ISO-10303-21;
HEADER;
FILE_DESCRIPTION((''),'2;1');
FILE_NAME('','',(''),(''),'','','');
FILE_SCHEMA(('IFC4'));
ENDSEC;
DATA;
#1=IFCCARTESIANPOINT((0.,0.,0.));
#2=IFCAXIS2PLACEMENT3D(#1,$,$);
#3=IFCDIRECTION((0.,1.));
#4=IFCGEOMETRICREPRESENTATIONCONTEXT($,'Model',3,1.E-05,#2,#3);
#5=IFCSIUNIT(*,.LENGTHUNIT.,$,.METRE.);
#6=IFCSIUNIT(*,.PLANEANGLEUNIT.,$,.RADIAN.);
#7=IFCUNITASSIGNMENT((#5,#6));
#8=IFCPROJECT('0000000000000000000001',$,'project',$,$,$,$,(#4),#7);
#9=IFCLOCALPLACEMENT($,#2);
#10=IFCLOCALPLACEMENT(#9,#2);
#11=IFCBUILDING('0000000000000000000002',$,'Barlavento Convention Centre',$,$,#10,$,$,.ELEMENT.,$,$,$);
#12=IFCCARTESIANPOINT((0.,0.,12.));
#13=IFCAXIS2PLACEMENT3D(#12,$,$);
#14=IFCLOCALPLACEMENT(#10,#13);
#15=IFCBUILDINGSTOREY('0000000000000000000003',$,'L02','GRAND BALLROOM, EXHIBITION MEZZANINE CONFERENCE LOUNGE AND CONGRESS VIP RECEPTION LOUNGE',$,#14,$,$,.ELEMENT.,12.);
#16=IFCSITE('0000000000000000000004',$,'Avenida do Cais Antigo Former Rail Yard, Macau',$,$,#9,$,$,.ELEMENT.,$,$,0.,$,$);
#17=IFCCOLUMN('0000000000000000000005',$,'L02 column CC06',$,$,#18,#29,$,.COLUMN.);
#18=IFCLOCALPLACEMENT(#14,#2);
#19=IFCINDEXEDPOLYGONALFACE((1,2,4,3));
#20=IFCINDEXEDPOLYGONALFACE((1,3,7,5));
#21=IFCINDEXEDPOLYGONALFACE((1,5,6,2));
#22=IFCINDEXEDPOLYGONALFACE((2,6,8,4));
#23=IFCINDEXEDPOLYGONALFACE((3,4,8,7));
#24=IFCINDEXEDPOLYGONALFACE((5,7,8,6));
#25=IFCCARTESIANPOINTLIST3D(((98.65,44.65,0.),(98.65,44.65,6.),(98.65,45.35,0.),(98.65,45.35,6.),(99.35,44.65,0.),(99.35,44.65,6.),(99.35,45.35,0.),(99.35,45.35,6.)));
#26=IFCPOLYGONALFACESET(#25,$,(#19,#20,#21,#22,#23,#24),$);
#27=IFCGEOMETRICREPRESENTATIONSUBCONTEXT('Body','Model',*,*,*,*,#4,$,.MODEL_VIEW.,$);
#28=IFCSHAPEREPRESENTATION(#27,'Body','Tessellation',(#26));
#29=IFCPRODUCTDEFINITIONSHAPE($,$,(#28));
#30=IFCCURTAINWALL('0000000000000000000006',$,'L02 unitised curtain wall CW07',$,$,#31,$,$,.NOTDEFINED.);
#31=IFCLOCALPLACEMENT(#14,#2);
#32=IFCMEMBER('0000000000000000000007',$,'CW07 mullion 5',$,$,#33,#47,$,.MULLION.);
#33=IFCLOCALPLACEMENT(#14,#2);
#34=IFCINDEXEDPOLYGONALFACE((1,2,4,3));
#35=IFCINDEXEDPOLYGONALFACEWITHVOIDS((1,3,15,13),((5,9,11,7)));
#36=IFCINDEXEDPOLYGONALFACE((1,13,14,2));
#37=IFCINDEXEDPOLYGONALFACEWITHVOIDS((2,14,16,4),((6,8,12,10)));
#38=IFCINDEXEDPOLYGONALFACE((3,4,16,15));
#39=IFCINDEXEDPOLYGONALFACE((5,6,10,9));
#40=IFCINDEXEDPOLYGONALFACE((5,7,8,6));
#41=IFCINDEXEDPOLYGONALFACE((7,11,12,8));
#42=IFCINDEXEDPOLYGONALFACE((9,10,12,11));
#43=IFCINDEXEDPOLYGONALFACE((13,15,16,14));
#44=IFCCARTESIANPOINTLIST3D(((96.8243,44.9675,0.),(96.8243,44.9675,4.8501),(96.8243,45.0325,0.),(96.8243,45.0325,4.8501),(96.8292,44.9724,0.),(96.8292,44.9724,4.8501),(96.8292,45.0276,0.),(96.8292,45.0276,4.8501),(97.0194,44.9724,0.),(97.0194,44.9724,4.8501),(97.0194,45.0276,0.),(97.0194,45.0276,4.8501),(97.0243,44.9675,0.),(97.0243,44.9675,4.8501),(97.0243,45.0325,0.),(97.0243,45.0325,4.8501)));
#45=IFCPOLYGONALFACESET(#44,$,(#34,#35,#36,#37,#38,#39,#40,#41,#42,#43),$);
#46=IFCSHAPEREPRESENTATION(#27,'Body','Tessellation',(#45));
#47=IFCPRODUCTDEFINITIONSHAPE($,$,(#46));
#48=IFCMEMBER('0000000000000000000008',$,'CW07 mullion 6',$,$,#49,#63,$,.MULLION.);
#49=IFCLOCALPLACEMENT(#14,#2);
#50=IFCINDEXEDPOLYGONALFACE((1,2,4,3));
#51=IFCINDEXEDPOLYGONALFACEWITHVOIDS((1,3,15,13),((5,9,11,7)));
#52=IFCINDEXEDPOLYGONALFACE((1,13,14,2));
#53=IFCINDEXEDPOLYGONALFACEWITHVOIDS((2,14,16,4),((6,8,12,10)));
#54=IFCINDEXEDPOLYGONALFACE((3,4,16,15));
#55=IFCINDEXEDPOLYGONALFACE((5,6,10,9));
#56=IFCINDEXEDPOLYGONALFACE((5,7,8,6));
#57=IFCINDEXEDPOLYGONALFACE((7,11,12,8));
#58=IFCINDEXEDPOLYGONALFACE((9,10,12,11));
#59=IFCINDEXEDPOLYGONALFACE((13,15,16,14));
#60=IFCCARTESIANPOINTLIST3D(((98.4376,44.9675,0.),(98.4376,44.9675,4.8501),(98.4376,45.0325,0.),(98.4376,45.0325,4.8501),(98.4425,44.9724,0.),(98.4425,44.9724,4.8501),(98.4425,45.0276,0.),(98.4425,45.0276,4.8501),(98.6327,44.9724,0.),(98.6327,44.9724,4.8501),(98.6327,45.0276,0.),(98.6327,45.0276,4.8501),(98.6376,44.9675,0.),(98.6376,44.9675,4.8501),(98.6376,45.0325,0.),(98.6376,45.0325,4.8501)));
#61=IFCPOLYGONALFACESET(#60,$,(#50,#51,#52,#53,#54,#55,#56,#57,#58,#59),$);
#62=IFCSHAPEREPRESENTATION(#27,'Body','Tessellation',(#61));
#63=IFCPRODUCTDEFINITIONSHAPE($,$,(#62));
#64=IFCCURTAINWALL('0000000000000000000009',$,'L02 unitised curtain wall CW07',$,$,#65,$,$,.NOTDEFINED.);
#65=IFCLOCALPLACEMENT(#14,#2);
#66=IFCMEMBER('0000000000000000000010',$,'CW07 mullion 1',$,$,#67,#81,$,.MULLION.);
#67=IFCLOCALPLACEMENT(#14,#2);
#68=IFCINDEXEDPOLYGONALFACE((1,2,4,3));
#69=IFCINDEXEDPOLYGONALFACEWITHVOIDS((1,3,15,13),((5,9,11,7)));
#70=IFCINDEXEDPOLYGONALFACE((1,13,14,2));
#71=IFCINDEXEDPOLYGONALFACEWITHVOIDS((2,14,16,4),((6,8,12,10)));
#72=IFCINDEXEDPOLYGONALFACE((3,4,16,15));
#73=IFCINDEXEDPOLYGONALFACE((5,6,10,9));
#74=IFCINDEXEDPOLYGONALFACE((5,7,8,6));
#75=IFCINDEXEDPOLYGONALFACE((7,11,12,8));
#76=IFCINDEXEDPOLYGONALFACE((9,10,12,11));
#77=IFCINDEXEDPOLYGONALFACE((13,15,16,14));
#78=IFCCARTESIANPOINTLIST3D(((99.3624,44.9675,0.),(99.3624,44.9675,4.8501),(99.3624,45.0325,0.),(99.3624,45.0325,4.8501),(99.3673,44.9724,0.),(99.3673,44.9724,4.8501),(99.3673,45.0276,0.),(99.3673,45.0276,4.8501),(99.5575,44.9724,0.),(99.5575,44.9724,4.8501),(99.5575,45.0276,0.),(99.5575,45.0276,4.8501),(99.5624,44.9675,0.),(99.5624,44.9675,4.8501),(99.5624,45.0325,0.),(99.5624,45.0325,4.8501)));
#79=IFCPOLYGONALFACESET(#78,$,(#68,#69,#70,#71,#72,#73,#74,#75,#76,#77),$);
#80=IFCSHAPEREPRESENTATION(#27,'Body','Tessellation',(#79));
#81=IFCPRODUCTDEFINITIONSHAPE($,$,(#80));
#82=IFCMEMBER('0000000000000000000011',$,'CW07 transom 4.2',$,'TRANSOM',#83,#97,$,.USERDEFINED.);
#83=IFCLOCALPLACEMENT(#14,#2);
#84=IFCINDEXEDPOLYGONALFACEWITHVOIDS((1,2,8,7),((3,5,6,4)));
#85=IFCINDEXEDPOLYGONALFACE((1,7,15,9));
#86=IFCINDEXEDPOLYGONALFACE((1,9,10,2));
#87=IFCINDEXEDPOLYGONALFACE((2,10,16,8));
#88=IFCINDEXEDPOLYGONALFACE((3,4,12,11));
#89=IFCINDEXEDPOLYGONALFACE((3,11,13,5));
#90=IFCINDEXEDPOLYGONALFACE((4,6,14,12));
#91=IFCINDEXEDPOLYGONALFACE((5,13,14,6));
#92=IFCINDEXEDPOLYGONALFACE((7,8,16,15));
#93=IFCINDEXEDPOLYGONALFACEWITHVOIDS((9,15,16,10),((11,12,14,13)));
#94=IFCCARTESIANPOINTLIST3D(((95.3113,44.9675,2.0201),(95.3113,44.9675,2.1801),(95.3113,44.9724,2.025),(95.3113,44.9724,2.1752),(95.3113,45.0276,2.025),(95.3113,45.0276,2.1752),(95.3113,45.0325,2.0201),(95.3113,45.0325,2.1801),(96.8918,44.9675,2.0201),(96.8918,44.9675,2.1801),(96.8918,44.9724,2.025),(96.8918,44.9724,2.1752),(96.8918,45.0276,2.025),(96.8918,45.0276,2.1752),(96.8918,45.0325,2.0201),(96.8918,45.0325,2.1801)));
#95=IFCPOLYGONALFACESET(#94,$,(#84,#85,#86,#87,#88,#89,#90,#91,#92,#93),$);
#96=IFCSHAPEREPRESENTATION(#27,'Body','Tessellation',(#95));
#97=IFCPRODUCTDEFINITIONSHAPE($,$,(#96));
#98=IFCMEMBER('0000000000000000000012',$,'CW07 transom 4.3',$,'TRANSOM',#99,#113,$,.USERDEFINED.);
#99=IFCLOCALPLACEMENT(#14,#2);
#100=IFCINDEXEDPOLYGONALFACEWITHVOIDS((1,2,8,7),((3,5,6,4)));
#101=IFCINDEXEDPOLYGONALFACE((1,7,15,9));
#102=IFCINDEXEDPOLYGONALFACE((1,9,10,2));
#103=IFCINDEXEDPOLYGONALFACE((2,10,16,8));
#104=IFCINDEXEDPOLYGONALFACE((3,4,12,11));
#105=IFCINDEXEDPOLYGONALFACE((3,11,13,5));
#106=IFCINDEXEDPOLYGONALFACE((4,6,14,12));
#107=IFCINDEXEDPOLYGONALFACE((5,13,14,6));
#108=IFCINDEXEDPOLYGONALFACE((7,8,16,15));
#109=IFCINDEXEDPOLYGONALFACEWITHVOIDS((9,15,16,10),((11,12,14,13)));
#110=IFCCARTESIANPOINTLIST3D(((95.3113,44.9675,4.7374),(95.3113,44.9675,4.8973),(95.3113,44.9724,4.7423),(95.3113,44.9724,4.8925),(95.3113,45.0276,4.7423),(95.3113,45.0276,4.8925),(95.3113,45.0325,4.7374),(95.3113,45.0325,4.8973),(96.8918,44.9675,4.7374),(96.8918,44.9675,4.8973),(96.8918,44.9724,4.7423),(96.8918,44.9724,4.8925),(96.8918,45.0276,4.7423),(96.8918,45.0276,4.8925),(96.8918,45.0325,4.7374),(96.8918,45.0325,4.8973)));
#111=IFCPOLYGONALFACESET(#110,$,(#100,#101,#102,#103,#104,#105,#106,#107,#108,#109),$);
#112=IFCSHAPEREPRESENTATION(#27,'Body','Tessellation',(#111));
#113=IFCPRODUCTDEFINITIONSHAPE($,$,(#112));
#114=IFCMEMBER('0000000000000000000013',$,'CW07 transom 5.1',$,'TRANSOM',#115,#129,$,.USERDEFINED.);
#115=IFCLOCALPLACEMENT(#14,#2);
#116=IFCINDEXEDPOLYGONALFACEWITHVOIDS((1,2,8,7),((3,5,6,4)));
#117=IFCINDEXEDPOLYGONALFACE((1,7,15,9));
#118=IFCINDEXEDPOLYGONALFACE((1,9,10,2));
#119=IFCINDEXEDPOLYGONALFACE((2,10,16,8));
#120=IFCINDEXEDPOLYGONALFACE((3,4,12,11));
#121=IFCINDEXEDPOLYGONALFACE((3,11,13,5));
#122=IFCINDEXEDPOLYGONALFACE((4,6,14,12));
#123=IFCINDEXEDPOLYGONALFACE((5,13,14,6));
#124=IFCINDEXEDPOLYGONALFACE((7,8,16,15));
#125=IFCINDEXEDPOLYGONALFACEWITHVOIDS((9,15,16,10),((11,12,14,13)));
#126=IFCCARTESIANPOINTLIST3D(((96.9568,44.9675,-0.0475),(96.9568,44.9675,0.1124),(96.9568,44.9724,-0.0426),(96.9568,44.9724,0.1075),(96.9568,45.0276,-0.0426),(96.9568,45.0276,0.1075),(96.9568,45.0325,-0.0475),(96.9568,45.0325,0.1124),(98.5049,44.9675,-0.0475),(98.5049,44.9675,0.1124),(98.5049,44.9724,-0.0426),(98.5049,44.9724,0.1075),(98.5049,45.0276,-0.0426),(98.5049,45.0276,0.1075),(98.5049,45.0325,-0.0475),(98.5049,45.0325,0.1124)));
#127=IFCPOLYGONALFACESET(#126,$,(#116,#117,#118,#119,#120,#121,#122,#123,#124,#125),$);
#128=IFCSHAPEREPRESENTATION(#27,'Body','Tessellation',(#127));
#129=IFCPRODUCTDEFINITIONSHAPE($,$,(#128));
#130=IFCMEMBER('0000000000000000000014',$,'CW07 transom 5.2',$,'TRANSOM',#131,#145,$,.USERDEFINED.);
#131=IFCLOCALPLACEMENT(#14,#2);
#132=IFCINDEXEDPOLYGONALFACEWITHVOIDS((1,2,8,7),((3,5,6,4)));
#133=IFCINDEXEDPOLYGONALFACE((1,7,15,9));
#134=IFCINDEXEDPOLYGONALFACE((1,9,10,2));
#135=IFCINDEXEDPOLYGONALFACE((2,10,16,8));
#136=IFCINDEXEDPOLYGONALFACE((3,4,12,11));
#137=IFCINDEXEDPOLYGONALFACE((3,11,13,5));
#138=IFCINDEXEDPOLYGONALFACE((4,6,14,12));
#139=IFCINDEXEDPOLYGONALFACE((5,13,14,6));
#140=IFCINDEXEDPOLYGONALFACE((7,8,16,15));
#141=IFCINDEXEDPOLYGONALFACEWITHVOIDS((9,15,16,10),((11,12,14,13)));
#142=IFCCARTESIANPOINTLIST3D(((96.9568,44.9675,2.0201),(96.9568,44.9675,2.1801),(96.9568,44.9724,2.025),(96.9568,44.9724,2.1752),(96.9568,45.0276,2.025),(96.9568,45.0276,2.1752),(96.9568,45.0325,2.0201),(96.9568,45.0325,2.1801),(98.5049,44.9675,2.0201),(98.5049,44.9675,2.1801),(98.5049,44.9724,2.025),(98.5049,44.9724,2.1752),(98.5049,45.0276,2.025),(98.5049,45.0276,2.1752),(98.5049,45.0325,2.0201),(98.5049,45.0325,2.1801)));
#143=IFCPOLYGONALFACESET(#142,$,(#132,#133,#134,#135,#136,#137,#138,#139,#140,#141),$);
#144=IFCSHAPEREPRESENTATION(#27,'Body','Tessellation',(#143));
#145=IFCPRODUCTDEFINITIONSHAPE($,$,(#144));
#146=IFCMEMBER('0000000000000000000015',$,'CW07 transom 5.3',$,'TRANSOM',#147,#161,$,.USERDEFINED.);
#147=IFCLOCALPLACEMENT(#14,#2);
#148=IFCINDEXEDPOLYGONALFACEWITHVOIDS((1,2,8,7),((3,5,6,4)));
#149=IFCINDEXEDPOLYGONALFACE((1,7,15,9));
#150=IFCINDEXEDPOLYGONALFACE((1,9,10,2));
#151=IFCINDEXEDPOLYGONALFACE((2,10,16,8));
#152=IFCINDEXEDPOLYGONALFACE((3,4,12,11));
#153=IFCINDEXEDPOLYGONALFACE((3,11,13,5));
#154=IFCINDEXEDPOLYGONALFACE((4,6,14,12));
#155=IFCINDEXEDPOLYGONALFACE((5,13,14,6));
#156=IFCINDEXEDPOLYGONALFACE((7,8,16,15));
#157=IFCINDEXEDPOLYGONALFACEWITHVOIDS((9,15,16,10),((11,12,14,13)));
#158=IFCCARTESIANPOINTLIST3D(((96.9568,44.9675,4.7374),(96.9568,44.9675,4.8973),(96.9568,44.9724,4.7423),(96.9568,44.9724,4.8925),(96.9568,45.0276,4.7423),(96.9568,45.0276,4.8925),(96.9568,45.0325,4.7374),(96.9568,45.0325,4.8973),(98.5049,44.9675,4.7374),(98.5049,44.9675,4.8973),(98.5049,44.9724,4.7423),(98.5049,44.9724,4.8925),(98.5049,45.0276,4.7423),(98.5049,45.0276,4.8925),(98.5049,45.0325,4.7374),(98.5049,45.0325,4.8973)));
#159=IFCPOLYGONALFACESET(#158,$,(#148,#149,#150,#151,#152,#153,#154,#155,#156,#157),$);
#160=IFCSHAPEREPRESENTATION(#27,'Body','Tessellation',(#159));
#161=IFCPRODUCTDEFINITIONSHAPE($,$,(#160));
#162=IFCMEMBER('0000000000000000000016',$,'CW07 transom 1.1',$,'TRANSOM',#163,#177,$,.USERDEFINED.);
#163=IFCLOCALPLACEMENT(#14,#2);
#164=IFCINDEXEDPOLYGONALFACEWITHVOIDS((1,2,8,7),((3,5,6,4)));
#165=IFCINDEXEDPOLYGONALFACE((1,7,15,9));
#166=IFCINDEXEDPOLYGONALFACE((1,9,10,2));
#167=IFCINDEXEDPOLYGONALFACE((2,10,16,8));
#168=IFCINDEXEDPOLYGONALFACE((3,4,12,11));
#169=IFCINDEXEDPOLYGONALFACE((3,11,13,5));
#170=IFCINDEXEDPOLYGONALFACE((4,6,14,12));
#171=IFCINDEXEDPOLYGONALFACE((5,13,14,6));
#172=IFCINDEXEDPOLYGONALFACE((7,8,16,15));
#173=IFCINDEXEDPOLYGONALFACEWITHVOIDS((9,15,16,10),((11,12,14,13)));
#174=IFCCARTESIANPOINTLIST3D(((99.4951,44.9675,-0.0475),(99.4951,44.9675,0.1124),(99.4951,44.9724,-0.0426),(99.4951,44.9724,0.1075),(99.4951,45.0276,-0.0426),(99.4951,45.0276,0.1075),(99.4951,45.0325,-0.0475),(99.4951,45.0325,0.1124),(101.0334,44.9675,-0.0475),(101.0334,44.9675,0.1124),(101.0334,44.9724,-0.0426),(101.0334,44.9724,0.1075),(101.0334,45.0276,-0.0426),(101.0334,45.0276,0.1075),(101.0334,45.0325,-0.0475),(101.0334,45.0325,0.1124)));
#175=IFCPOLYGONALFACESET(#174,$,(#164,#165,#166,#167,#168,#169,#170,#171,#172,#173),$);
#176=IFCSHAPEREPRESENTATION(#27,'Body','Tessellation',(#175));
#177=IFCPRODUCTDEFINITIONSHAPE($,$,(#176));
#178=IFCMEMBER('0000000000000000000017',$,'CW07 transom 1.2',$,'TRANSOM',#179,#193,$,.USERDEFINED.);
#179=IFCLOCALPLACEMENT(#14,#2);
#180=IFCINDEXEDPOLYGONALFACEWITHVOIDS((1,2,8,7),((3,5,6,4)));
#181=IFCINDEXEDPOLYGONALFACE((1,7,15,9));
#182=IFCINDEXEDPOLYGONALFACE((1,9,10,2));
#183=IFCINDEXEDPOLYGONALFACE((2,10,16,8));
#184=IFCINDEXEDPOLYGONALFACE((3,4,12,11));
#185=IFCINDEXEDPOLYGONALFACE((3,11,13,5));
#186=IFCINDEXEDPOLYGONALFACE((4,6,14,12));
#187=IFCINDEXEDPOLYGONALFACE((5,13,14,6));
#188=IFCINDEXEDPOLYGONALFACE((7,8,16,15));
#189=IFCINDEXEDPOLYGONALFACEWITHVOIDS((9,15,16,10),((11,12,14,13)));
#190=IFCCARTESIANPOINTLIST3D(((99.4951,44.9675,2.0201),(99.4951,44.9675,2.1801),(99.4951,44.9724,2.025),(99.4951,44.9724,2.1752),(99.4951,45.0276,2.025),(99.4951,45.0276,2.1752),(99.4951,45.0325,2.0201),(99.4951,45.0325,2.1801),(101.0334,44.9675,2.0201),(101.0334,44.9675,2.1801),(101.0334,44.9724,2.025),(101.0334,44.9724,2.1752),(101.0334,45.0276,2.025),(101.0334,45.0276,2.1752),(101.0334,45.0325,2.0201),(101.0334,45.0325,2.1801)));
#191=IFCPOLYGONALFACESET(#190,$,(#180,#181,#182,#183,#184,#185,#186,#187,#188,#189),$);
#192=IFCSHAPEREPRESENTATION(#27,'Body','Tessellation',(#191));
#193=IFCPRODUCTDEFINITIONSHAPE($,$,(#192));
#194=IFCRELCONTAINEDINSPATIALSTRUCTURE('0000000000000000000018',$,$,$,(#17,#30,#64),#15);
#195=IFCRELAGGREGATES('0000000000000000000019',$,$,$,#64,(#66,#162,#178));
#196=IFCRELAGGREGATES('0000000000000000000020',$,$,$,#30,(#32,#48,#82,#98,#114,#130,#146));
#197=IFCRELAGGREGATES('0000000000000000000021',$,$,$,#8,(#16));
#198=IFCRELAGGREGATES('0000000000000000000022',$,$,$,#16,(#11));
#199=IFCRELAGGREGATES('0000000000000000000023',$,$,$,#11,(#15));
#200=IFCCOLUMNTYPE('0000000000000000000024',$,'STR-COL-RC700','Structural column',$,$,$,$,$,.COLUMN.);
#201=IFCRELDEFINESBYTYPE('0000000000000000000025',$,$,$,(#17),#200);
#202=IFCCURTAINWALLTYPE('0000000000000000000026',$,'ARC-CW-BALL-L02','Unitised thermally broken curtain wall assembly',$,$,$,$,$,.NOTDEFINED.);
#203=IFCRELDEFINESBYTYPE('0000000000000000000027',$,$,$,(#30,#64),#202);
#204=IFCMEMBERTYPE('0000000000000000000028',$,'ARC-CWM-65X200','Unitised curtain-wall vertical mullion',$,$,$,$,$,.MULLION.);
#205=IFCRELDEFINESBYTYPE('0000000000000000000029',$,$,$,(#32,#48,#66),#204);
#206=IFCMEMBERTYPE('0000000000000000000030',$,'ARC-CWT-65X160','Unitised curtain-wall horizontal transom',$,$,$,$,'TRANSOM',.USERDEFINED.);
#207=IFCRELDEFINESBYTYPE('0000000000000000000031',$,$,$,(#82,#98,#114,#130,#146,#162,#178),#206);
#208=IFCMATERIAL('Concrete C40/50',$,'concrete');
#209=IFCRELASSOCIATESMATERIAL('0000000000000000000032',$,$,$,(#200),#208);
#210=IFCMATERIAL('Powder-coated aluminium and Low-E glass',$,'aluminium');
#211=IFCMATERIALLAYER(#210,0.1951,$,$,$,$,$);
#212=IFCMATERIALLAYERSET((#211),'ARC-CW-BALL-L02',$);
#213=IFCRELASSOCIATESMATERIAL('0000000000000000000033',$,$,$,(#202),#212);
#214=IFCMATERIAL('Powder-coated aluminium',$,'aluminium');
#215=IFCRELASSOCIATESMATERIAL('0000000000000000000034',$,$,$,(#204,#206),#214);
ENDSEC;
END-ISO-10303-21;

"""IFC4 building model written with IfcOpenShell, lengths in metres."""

from ifc_helpers import new_model, si_unit, direction, frame, origin, origin_2d, place, context, subcontext, project, spatial, rectangle, hollow_rectangle, extrude, material, layer, layer_set, material_profile, profile_set, type_object, element, aggregate, save


model = new_model("IFC4")

# Units and contexts
model_context = context("Model", 3, precision=1e-05, world=origin(), true_north=direction((0.0, 1.0)))
body_context = subcontext(model_context, "Body", "Model", "MODEL_VIEW")
ifc_project = project(units=[si_unit("LENGTHUNIT", "METRE"), si_unit("PLANEANGLEUNIT", "RADIAN")], contexts=[model_context])

# Site, building, storey
site_placement = place(None, origin())
site = spatial("IfcSite", under=ifc_project, at=site_placement, Name="Avenida do Cais Antigo Former Rail Yard, Macau", CompositionType="ELEMENT", RefElevation=0.0)
building_placement = place(site_placement, origin())
building = spatial("IfcBuilding", under=site, at=building_placement, Name="Barlavento Convention Centre", CompositionType="ELEMENT")
storey_placement = place(building_placement, frame((0.0, 0.0, 12.0)))
storey = spatial("IfcBuildingStorey", under=building, at=storey_placement, Name="L02", Description="GRAND BALLROOM, EXHIBITION MEZZANINE CONFERENCE LOUNGE AND CONGRESS VIP RECEPTION LOUNGE", CompositionType="ELEMENT", Elevation=12.0)

# Column
ifc_material_1 = material(Name="Concrete C40/50", Category="concrete")
ifc_material_profile_1 = material_profile(ifc_material_1, rectangle(XDim=0.7, YDim=0.7, at=origin_2d()), Name="RC 700x700")
ifc_profile_set_1 = profile_set([ifc_material_profile_1], Name="Concrete C40/50")
column_type = type_object("IfcColumnType", Name="STR-COL-RC700", Description="Structural column", PredefinedType="COLUMN", material=ifc_profile_set_1)
column_placement = place(storey_placement, frame((99.0, 45.0, 0.0), z_axis=(0.0, 0.0, 1.0), x_axis=(1.0, 0.0, 0.0)))
element("IfcColumn", 1, at=column_placement, inside=storey, type_object=column_type, Name="L02 column CC06", PredefinedType="COLUMN", context=body_context, shape_type="SweptSolid", body=[
    extrude(rectangle(XDim=0.7, YDim=0.7, at=origin_2d()), origin(), (0.0, 0.0, 1.0), 6.0),
])

# Curtain wall, members
ifc_material_2 = material(Name="Powder-coated aluminium and Low-E glass", Category="aluminium")
ifc_layer_1 = layer(ifc_material_2, 0.1951)
ifc_layer_set_1 = layer_set([ifc_layer_1], Name="ARC-CW-BALL-L02")
curtain_wall_type = type_object("IfcCurtainWallType", Name="ARC-CW-BALL-L02", Description="Unitised thermally broken curtain wall assembly", PredefinedType="NOTDEFINED", material=ifc_layer_set_1)
curtain_wall_1_placement = place(storey_placement, origin())
curtain_wall_1 = element("IfcCurtainWall", 2, at=curtain_wall_1_placement, inside=storey, type_object=curtain_wall_type, Name="L02 unitised curtain wall CW07", PredefinedType="NOTDEFINED")
ifc_material_3 = material(Name="Powder-coated aluminium", Category="aluminium")
ifc_material_profile_2 = material_profile(ifc_material_3, hollow_rectangle(XDim=0.0649, YDim=0.2, WallThickness=0.0049, at=origin_2d()), Name="AL-MULL 65x200x5")
ifc_profile_set_2 = profile_set([ifc_material_profile_2], Name="Powder-coated aluminium")
member_type_1 = type_object("IfcMemberType", Name="ARC-CWM-65X200", Description="Unitised curtain-wall vertical mullion", PredefinedType="MULLION", material=ifc_profile_set_2)
member_1_placement = place(storey_placement, frame((96.9243, 45.0, 0.0), z_axis=(0.0, 0.0, 1.0), x_axis=(0.0, 1.0, 0.0)))
member_1 = element("IfcMember", 3, at=member_1_placement, type_object=member_type_1, Name="CW07 mullion 5", PredefinedType="MULLION", context=body_context, shape_type="SweptSolid", body=[
    extrude(hollow_rectangle(XDim=0.0649, YDim=0.2, WallThickness=0.0049, at=origin_2d()), origin(), (0.0, 0.0, 1.0), 4.8501),
])
member_2_placement = place(storey_placement, frame((98.5376, 45.0, 0.0), z_axis=(0.0, 0.0, 1.0), x_axis=(0.0, 1.0, 0.0)))
member_2 = element("IfcMember", 4, at=member_2_placement, type_object=member_type_1, Name="CW07 mullion 6", PredefinedType="MULLION", context=body_context, shape_type="SweptSolid", body=[
    extrude(hollow_rectangle(XDim=0.0649, YDim=0.2, WallThickness=0.0049, at=origin_2d()), origin(), (0.0, 0.0, 1.0), 4.8501),
])

# Curtain wall, member
curtain_wall_2_placement = place(storey_placement, origin())
curtain_wall_2 = element("IfcCurtainWall", 5, at=curtain_wall_2_placement, inside=storey, type_object=curtain_wall_type, Name="L02 unitised curtain wall CW07", PredefinedType="NOTDEFINED")
member_3_placement = place(storey_placement, frame((99.4624, 45.0, 0.0), z_axis=(0.0, 0.0, 1.0), x_axis=(0.0, 1.0, 0.0)))
member_3 = element("IfcMember", 6, at=member_3_placement, type_object=member_type_1, Name="CW07 mullion 1", PredefinedType="MULLION", context=body_context, shape_type="SweptSolid", body=[
    extrude(hollow_rectangle(XDim=0.0649, YDim=0.2, WallThickness=0.0049, at=origin_2d()), origin(), (0.0, 0.0, 1.0), 4.8501),
])

# Members
ifc_material_profile_3 = material_profile(ifc_material_3, hollow_rectangle(XDim=0.0649, YDim=0.1599, WallThickness=0.0049, at=origin_2d()), Name="AL-TRAN 65x160x5")
ifc_profile_set_3 = profile_set([ifc_material_profile_3], Name="Powder-coated aluminium")
member_type_2 = type_object("IfcMemberType", Name="ARC-CWT-65X160", Description="Unitised curtain-wall horizontal transom", ElementType="TRANSOM", PredefinedType="USERDEFINED", material=ifc_profile_set_3)
member_4_placement = place(storey_placement, frame((95.3113, 45.0, 2.1001), z_axis=(1.0, 0.0, 0.0), x_axis=(0.0, 1.0, 0.0)))
member_4 = element("IfcMember", 7, at=member_4_placement, type_object=member_type_2, Name="CW07 transom 4.2", ObjectType="TRANSOM", PredefinedType="USERDEFINED", context=body_context, shape_type="SweptSolid", body=[
    extrude(hollow_rectangle(XDim=0.0649, YDim=0.1599, WallThickness=0.0049, at=origin_2d()), origin(), (0.0, 0.0, 1.0), 1.5806),
])
member_5_placement = place(storey_placement, frame((95.3113, 45.0, 4.8174), z_axis=(1.0, 0.0, 0.0), x_axis=(0.0, 1.0, 0.0)))
member_5 = element("IfcMember", 8, at=member_5_placement, type_object=member_type_2, Name="CW07 transom 4.3", ObjectType="TRANSOM", PredefinedType="USERDEFINED", context=body_context, shape_type="SweptSolid", body=[
    extrude(hollow_rectangle(XDim=0.0649, YDim=0.1599, WallThickness=0.0049, at=origin_2d()), origin(), (0.0, 0.0, 1.0), 1.5806),
])
member_6_placement = place(storey_placement, frame((96.9568, 45.0, 0.0325), z_axis=(1.0, 0.0, 0.0), x_axis=(0.0, 1.0, 0.0)))
member_6 = element("IfcMember", 9, at=member_6_placement, type_object=member_type_2, Name="CW07 transom 5.1", ObjectType="TRANSOM", PredefinedType="USERDEFINED", context=body_context, shape_type="SweptSolid", body=[
    extrude(hollow_rectangle(XDim=0.0649, YDim=0.1599, WallThickness=0.0049, at=origin_2d()), origin(), (0.0, 0.0, 1.0), 1.5481),
])
member_7_placement = place(storey_placement, frame((96.9568, 45.0, 2.1001), z_axis=(1.0, 0.0, 0.0), x_axis=(0.0, 1.0, 0.0)))
member_7 = element("IfcMember", 10, at=member_7_placement, type_object=member_type_2, Name="CW07 transom 5.2", ObjectType="TRANSOM", PredefinedType="USERDEFINED", context=body_context, shape_type="SweptSolid", body=[
    extrude(hollow_rectangle(XDim=0.0649, YDim=0.1599, WallThickness=0.0049, at=origin_2d()), origin(), (0.0, 0.0, 1.0), 1.5481),
])
member_8_placement = place(storey_placement, frame((96.9568, 45.0, 4.8174), z_axis=(1.0, 0.0, 0.0), x_axis=(0.0, 1.0, 0.0)))
member_8 = element("IfcMember", 11, at=member_8_placement, type_object=member_type_2, Name="CW07 transom 5.3", ObjectType="TRANSOM", PredefinedType="USERDEFINED", context=body_context, shape_type="SweptSolid", body=[
    extrude(hollow_rectangle(XDim=0.0649, YDim=0.1599, WallThickness=0.0049, at=origin_2d()), origin(), (0.0, 0.0, 1.0), 1.5481),
])
member_9_placement = place(storey_placement, frame((99.4951, 45.0, 0.0325), z_axis=(1.0, 0.0, 0.0), x_axis=(0.0, 1.0, 0.0)))
member_9 = element("IfcMember", 12, at=member_9_placement, type_object=member_type_2, Name="CW07 transom 1.1", ObjectType="TRANSOM", PredefinedType="USERDEFINED", context=body_context, shape_type="SweptSolid", body=[
    extrude(hollow_rectangle(XDim=0.0649, YDim=0.1599, WallThickness=0.0049, at=origin_2d()), origin(), (0.0, 0.0, 1.0), 1.5383),
])
member_10_placement = place(storey_placement, frame((99.4951, 45.0, 2.1001), z_axis=(1.0, 0.0, 0.0), x_axis=(0.0, 1.0, 0.0)))
member_10 = element("IfcMember", 13, at=member_10_placement, type_object=member_type_2, Name="CW07 transom 1.2", ObjectType="TRANSOM", PredefinedType="USERDEFINED", context=body_context, shape_type="SweptSolid", body=[
    extrude(hollow_rectangle(XDim=0.0649, YDim=0.1599, WallThickness=0.0049, at=origin_2d()), origin(), (0.0, 0.0, 1.0), 1.5383),
])
aggregate(curtain_wall_2, [member_3, member_9, member_10])

aggregate(curtain_wall_1, [member_1, member_2, member_4, member_5, member_6, member_7, member_8])

save(model, "model.ifc")
